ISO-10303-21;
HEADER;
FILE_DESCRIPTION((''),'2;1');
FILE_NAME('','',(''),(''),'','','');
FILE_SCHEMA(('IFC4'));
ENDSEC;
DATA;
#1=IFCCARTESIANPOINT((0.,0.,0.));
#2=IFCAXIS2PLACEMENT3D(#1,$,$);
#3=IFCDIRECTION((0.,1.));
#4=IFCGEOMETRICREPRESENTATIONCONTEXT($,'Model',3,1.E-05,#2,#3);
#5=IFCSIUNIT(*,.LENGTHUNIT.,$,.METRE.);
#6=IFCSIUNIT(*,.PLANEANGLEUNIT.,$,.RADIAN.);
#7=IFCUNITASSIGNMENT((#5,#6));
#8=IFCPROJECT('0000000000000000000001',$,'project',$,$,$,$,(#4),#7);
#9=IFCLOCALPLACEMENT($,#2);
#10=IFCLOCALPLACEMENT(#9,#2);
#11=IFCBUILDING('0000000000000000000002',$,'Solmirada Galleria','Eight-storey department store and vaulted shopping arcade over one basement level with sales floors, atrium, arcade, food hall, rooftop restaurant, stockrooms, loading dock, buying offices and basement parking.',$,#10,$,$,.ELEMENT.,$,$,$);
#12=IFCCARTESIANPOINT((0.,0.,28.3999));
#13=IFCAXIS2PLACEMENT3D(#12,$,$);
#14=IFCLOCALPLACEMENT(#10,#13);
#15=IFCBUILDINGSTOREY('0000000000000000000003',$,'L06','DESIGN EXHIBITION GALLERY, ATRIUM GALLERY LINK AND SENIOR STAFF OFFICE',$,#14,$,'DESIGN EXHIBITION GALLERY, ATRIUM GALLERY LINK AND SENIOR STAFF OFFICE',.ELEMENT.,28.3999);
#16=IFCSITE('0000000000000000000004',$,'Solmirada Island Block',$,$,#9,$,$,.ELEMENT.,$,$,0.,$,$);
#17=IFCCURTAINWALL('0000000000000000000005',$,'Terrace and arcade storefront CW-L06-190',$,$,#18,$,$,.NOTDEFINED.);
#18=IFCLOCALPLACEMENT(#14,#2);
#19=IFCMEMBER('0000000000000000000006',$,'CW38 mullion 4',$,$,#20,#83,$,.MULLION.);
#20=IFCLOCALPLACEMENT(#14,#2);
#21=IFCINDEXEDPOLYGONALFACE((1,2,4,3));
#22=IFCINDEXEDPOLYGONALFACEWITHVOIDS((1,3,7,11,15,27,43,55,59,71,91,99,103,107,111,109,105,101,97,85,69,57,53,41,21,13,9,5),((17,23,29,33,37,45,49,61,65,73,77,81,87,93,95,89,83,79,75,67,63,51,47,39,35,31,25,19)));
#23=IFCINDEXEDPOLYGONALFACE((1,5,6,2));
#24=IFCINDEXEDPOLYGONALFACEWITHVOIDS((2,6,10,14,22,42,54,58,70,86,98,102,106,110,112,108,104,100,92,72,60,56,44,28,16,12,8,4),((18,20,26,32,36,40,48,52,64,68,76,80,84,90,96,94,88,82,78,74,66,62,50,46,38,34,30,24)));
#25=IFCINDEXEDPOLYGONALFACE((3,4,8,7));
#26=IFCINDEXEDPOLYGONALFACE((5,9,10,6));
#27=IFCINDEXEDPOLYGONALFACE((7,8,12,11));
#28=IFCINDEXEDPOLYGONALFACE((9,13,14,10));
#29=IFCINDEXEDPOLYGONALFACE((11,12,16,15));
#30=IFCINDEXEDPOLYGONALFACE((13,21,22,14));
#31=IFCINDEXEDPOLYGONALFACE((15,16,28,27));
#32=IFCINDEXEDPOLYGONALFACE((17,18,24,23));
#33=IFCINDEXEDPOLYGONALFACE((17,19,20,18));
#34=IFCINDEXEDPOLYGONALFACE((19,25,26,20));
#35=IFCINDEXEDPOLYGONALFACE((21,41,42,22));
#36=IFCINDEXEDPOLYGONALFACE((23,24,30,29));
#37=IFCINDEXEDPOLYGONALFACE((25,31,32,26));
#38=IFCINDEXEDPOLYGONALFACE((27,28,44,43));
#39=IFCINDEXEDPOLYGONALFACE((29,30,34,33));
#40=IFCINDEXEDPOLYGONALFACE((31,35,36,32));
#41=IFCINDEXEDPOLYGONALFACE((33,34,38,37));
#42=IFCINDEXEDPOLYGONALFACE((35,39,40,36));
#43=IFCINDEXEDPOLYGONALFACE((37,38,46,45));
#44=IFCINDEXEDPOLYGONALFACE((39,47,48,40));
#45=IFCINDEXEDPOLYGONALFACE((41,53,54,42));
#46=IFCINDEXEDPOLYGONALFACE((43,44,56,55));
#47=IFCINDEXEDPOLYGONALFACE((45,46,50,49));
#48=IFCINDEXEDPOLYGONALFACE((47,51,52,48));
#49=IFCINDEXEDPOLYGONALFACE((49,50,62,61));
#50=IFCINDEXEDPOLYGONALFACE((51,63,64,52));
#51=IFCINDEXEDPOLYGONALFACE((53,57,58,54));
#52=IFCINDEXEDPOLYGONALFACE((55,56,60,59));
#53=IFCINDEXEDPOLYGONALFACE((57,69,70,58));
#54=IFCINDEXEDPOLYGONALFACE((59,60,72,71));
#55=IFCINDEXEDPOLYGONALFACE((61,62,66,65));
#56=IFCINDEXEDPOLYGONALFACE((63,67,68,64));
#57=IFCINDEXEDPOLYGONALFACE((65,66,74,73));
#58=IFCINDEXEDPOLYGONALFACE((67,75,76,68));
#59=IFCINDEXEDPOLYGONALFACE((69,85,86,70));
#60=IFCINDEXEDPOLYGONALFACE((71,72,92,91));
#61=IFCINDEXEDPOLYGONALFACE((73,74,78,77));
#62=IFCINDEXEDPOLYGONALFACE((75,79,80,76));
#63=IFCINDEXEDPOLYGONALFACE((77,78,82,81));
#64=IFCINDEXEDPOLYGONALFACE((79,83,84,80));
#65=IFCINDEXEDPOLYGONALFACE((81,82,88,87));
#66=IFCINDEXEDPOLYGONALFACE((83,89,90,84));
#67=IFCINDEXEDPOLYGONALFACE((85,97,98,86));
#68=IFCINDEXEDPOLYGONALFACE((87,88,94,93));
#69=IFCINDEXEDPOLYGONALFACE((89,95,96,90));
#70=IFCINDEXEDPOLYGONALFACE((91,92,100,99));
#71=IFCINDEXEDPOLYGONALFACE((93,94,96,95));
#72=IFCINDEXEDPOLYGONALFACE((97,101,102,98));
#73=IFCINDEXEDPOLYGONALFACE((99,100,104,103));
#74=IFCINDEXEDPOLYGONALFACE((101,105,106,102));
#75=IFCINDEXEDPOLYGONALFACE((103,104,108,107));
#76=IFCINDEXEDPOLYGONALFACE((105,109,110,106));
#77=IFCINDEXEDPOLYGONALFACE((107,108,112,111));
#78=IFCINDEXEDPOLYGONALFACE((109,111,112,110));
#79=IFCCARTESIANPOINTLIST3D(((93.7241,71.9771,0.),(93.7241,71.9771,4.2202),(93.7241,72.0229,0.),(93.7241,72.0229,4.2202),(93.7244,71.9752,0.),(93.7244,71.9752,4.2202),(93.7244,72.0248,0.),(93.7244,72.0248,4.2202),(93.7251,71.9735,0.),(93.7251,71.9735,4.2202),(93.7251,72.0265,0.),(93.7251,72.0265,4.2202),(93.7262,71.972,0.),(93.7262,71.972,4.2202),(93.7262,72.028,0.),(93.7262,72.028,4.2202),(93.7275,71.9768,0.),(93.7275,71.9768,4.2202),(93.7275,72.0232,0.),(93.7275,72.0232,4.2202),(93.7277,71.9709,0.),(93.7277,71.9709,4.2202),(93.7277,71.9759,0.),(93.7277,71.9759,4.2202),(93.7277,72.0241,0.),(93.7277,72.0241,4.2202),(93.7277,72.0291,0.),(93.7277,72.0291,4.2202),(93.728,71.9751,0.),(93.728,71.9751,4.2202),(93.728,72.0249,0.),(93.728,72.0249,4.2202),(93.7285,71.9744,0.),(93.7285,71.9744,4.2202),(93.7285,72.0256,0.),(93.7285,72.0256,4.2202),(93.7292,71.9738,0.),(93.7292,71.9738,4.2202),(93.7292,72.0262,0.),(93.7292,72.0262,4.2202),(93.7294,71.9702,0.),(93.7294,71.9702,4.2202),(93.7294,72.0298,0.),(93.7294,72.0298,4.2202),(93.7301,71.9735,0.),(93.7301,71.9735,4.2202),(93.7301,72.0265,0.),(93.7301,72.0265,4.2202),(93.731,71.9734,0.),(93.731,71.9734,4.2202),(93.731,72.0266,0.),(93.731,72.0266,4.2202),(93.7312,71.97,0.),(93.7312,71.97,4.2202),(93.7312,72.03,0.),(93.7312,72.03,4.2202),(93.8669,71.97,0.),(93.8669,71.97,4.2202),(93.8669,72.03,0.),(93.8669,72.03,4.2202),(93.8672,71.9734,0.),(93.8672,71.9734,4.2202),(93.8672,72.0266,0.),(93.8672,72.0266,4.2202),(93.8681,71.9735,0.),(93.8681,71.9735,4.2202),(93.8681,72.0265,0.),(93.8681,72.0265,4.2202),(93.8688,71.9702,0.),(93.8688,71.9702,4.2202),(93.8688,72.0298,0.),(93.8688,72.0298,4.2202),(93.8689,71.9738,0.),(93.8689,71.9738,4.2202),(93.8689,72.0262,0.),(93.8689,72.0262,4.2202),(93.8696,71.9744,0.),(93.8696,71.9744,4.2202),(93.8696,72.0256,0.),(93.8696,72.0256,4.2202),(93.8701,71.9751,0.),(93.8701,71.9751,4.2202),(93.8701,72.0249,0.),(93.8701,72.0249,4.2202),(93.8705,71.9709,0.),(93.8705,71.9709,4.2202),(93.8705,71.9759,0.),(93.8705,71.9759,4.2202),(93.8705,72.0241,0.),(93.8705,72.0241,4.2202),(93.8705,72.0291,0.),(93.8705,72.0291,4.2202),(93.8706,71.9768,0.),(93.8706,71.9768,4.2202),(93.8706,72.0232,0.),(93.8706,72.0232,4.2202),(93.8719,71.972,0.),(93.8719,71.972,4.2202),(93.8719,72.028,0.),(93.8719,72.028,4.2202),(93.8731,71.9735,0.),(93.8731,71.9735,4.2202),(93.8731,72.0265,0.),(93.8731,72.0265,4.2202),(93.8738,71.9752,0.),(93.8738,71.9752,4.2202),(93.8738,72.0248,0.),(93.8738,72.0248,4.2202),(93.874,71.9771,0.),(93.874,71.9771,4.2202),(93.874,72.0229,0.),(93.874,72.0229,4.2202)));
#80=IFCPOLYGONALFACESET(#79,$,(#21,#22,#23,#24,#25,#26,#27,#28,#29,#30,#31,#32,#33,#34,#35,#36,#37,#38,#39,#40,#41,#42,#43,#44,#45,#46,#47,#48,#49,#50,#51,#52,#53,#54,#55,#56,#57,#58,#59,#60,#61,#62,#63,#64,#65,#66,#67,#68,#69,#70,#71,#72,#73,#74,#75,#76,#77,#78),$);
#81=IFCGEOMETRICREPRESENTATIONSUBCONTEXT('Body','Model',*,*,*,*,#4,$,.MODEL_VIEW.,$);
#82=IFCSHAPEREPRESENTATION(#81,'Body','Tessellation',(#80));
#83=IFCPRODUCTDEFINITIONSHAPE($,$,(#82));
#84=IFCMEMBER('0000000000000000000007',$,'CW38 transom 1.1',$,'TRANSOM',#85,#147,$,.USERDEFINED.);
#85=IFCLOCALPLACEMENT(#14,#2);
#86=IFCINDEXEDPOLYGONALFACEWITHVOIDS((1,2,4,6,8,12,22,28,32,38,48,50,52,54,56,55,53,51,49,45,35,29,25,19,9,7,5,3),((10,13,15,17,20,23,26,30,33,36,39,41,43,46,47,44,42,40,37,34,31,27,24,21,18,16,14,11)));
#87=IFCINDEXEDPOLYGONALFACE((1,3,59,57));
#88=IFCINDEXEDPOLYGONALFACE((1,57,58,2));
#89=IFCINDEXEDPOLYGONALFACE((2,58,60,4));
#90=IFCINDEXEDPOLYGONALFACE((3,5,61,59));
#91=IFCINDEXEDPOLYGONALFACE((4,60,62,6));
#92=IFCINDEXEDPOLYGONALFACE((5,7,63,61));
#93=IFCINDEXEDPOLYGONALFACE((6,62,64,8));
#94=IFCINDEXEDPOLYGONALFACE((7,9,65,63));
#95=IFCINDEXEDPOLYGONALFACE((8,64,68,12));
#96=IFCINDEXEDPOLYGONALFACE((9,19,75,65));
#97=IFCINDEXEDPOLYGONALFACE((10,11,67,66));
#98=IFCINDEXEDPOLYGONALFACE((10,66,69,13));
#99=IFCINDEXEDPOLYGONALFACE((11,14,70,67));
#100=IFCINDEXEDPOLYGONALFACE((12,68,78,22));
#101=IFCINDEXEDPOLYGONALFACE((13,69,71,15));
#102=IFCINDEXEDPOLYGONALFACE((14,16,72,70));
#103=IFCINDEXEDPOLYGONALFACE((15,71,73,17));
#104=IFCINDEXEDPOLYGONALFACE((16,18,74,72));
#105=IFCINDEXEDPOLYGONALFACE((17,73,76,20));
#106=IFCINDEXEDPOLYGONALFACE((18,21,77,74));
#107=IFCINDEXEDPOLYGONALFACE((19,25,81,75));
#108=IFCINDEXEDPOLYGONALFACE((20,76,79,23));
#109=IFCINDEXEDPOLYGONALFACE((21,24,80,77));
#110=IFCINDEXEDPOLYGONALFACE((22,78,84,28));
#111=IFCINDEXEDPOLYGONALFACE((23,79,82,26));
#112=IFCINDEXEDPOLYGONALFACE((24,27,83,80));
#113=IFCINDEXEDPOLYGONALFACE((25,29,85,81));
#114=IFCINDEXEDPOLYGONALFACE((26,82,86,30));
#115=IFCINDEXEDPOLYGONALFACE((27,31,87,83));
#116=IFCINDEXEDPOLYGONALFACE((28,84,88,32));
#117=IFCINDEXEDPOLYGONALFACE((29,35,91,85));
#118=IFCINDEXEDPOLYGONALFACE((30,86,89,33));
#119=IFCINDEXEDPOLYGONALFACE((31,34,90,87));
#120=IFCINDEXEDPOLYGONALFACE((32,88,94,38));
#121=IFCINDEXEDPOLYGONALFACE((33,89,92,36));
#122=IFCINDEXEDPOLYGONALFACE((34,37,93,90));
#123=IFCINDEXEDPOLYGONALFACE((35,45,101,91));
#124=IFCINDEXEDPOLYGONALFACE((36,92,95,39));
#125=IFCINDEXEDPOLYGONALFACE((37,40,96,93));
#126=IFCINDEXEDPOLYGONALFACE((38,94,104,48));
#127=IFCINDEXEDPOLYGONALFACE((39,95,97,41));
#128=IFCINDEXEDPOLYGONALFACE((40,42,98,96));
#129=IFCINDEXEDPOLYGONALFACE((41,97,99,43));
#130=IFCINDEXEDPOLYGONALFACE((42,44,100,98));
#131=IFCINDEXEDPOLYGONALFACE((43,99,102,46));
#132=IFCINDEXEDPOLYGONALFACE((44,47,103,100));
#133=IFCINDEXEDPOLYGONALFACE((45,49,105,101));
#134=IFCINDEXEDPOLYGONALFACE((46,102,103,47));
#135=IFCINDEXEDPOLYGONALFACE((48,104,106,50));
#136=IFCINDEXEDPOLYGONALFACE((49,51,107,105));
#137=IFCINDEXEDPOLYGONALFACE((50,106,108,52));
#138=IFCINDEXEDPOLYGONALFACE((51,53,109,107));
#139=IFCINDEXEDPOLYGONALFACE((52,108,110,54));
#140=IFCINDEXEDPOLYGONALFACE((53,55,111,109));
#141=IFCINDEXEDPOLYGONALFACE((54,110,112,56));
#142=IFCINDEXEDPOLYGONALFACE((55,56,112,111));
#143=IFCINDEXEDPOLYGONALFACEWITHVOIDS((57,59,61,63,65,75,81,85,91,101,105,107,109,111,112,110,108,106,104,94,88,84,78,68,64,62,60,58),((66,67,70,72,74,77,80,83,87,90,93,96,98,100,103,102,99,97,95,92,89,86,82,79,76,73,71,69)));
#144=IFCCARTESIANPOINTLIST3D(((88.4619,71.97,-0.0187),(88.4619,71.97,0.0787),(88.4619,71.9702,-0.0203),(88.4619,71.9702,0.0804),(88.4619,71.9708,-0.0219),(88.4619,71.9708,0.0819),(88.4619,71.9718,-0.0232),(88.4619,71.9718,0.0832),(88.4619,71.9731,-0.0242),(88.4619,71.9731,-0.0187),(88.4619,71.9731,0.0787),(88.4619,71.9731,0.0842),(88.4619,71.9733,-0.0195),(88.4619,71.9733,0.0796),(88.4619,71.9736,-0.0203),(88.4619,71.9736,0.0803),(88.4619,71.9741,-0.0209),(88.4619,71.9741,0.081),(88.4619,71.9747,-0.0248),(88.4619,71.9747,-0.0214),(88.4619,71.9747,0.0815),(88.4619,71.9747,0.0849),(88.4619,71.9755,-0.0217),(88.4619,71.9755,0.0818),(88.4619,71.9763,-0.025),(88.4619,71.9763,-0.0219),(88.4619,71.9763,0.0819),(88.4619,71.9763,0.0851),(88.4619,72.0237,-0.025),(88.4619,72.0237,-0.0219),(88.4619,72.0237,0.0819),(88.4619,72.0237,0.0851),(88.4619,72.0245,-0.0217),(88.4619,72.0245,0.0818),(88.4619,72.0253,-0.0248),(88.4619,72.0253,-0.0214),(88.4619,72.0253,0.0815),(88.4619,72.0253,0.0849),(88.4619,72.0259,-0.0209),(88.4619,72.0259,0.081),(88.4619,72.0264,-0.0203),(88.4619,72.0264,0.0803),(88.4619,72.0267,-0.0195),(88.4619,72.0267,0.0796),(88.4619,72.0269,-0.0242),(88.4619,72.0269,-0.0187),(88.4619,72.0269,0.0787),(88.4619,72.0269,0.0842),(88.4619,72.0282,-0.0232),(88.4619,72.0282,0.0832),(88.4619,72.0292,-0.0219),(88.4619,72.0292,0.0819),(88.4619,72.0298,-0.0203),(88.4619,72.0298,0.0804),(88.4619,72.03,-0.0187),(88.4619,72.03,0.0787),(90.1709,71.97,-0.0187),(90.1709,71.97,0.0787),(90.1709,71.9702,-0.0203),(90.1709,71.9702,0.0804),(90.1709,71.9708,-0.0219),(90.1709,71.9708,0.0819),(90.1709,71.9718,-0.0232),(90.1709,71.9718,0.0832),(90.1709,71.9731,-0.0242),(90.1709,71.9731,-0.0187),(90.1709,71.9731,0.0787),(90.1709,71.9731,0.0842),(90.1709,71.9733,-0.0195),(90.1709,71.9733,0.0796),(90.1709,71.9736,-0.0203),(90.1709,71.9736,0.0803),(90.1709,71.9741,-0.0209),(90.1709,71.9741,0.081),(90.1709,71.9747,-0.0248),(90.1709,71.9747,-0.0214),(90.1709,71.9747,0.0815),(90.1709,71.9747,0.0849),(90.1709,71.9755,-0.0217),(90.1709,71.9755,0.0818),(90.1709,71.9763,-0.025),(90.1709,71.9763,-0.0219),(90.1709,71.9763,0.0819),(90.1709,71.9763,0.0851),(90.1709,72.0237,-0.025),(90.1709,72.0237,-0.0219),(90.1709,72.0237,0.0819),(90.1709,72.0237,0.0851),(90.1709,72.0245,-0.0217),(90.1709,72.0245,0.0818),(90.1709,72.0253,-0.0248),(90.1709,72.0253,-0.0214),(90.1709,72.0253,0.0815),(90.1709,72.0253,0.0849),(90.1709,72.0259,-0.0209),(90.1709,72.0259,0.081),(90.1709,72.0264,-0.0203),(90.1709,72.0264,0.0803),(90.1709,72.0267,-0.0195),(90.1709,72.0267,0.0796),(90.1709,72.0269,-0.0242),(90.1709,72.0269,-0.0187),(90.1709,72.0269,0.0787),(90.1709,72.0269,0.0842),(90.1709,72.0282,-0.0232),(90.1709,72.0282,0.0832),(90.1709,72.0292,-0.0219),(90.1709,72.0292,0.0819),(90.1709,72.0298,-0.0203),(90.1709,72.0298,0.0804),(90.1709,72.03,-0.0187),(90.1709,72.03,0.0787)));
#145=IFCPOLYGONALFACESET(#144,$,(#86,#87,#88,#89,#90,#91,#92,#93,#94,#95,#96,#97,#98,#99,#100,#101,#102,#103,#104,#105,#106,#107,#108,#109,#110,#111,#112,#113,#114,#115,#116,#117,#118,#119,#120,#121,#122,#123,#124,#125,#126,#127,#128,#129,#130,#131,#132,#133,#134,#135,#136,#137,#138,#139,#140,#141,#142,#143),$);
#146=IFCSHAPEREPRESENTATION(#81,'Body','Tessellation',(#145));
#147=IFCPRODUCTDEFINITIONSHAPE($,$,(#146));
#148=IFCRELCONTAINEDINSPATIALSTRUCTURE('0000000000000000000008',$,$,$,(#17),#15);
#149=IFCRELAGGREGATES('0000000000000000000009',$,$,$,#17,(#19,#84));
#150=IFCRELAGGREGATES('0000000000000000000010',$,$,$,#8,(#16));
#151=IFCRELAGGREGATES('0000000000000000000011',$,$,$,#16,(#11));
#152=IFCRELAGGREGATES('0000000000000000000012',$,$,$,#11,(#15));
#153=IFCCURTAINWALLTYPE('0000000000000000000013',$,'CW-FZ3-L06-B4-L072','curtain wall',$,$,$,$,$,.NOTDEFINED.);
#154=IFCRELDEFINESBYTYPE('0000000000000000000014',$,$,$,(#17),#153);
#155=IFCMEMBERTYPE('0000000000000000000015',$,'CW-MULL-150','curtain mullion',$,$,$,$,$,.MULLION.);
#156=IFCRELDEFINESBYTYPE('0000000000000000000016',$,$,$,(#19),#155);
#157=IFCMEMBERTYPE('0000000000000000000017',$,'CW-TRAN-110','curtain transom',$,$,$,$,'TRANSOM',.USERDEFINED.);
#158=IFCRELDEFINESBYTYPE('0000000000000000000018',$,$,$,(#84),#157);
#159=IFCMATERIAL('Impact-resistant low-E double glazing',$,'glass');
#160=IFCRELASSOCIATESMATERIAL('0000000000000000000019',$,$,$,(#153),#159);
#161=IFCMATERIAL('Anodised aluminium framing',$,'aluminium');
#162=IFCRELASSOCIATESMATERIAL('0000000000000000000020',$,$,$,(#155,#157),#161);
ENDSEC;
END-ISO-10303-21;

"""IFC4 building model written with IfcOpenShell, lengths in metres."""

from ifc_helpers import new_model, si_unit, direction, frame, origin, origin_2d, place, context, subcontext, project, spatial, hollow_rectangle, extrude, material, material_profile, profile_set, type_object, element, aggregate, save


model = new_model("IFC4")

# Units and contexts
model_context = context("Model", 3, precision=1e-05, world=origin(), true_north=direction((0.0, 1.0)))
body_context = subcontext(model_context, "Body", "Model", "MODEL_VIEW")
ifc_project = project(units=[si_unit("LENGTHUNIT", "METRE"), si_unit("PLANEANGLEUNIT", "RADIAN")], contexts=[model_context])

# Site, building, storey
site_placement = place(None, origin())
site = spatial("IfcSite", under=ifc_project, at=site_placement, Name="Solmirada Island Block", CompositionType="ELEMENT", RefElevation=0.0)
building_placement = place(site_placement, origin())
building = spatial("IfcBuilding", under=site, at=building_placement, Name="Solmirada Galleria", Description="Eight-storey department store and vaulted shopping arcade over one basement level with sales floors, atrium, arcade, food hall, rooftop restaurant, stockrooms, loading dock, buying offices and basement parking.", CompositionType="ELEMENT")
storey_placement = place(building_placement, frame((0.0, 0.0, 28.3999)))
storey = spatial("IfcBuildingStorey", under=building, at=storey_placement, Name="L06", Description="DESIGN EXHIBITION GALLERY, ATRIUM GALLERY LINK AND SENIOR STAFF OFFICE", LongName="DESIGN EXHIBITION GALLERY, ATRIUM GALLERY LINK AND SENIOR STAFF OFFICE", CompositionType="ELEMENT", Elevation=28.3999)

# Shared definitions
ifc_material_1 = material(Name="Impact-resistant low-E double glazing", Category="glass")
curtain_wall_type = type_object("IfcCurtainWallType", Name="CW-FZ3-L06-B4-L072", Description="curtain wall", PredefinedType="NOTDEFINED", material=ifc_material_1)
ifc_material_2 = material(Name="Anodised aluminium framing", Category="aluminium")
ifc_material_profile_1 = material_profile(ifc_material_2, hollow_rectangle(XDim=0.0601, YDim=0.1499, WallThickness=0.0034, InnerFilletRadius=0.0034, OuterFilletRadius=0.0071, at=origin_2d()), Name="ALU-MULL-150X60")
ifc_profile_set_1 = profile_set([ifc_material_profile_1], Name="Anodised aluminium framing")
member_type_1 = type_object("IfcMemberType", Name="CW-MULL-150", Description="curtain mullion", PredefinedType="MULLION", material=ifc_profile_set_1)

# Curtain wall, members
curtain_wall_1_placement = place(storey_placement, origin())
curtain_wall_1 = element("IfcCurtainWall", 1, at=curtain_wall_1_placement, inside=storey, type_object=curtain_wall_type, Name="Terrace and arcade storefront CW-L06-190", PredefinedType="NOTDEFINED")
member_1_placement = place(storey_placement, frame((93.7991, 72.0, 0.0), z_axis=(0.0, 0.0, 1.0), x_axis=(0.0, 1.0, 0.0)))
member_1 = element("IfcMember", 2, at=member_1_placement, type_object=member_type_1, Name="CW38 mullion 4", PredefinedType="MULLION", context=body_context, shape_type="SweptSolid", body=[
    extrude(hollow_rectangle(XDim=0.0601, YDim=0.1499, WallThickness=0.0034, InnerFilletRadius=0.0034, OuterFilletRadius=0.0071, at=origin_2d()), origin(), (0.0, 0.0, 1.0), 4.2202),
])
ifc_material_profile_2 = material_profile(ifc_material_2, hollow_rectangle(XDim=0.0601, YDim=0.1101, WallThickness=0.0032, InnerFilletRadius=0.0032, OuterFilletRadius=0.0063, at=origin_2d()), Name="ALU-TRAN-110X60")
ifc_profile_set_2 = profile_set([ifc_material_profile_2], Name="Anodised aluminium framing")
member_type_2 = type_object("IfcMemberType", Name="CW-TRAN-110", Description="curtain transom", ElementType="TRANSOM", PredefinedType="USERDEFINED", material=ifc_profile_set_2)
member_2_placement = place(storey_placement, frame((88.4619, 72.0, 0.03), z_axis=(1.0, 0.0, 0.0), x_axis=(0.0, 1.0, 0.0)))
member_2 = element("IfcMember", 3, at=member_2_placement, type_object=member_type_2, Name="CW38 transom 1.1", ObjectType="TRANSOM", PredefinedType="USERDEFINED", context=body_context, shape_type="SweptSolid", body=[
    extrude(hollow_rectangle(XDim=0.0601, YDim=0.1101, WallThickness=0.0032, InnerFilletRadius=0.0032, OuterFilletRadius=0.0063, at=origin_2d()), origin(), (0.0, 0.0, 1.0), 1.709),
])

aggregate(curtain_wall_1, [member_1, member_2])

save(model, "model.ifc")
